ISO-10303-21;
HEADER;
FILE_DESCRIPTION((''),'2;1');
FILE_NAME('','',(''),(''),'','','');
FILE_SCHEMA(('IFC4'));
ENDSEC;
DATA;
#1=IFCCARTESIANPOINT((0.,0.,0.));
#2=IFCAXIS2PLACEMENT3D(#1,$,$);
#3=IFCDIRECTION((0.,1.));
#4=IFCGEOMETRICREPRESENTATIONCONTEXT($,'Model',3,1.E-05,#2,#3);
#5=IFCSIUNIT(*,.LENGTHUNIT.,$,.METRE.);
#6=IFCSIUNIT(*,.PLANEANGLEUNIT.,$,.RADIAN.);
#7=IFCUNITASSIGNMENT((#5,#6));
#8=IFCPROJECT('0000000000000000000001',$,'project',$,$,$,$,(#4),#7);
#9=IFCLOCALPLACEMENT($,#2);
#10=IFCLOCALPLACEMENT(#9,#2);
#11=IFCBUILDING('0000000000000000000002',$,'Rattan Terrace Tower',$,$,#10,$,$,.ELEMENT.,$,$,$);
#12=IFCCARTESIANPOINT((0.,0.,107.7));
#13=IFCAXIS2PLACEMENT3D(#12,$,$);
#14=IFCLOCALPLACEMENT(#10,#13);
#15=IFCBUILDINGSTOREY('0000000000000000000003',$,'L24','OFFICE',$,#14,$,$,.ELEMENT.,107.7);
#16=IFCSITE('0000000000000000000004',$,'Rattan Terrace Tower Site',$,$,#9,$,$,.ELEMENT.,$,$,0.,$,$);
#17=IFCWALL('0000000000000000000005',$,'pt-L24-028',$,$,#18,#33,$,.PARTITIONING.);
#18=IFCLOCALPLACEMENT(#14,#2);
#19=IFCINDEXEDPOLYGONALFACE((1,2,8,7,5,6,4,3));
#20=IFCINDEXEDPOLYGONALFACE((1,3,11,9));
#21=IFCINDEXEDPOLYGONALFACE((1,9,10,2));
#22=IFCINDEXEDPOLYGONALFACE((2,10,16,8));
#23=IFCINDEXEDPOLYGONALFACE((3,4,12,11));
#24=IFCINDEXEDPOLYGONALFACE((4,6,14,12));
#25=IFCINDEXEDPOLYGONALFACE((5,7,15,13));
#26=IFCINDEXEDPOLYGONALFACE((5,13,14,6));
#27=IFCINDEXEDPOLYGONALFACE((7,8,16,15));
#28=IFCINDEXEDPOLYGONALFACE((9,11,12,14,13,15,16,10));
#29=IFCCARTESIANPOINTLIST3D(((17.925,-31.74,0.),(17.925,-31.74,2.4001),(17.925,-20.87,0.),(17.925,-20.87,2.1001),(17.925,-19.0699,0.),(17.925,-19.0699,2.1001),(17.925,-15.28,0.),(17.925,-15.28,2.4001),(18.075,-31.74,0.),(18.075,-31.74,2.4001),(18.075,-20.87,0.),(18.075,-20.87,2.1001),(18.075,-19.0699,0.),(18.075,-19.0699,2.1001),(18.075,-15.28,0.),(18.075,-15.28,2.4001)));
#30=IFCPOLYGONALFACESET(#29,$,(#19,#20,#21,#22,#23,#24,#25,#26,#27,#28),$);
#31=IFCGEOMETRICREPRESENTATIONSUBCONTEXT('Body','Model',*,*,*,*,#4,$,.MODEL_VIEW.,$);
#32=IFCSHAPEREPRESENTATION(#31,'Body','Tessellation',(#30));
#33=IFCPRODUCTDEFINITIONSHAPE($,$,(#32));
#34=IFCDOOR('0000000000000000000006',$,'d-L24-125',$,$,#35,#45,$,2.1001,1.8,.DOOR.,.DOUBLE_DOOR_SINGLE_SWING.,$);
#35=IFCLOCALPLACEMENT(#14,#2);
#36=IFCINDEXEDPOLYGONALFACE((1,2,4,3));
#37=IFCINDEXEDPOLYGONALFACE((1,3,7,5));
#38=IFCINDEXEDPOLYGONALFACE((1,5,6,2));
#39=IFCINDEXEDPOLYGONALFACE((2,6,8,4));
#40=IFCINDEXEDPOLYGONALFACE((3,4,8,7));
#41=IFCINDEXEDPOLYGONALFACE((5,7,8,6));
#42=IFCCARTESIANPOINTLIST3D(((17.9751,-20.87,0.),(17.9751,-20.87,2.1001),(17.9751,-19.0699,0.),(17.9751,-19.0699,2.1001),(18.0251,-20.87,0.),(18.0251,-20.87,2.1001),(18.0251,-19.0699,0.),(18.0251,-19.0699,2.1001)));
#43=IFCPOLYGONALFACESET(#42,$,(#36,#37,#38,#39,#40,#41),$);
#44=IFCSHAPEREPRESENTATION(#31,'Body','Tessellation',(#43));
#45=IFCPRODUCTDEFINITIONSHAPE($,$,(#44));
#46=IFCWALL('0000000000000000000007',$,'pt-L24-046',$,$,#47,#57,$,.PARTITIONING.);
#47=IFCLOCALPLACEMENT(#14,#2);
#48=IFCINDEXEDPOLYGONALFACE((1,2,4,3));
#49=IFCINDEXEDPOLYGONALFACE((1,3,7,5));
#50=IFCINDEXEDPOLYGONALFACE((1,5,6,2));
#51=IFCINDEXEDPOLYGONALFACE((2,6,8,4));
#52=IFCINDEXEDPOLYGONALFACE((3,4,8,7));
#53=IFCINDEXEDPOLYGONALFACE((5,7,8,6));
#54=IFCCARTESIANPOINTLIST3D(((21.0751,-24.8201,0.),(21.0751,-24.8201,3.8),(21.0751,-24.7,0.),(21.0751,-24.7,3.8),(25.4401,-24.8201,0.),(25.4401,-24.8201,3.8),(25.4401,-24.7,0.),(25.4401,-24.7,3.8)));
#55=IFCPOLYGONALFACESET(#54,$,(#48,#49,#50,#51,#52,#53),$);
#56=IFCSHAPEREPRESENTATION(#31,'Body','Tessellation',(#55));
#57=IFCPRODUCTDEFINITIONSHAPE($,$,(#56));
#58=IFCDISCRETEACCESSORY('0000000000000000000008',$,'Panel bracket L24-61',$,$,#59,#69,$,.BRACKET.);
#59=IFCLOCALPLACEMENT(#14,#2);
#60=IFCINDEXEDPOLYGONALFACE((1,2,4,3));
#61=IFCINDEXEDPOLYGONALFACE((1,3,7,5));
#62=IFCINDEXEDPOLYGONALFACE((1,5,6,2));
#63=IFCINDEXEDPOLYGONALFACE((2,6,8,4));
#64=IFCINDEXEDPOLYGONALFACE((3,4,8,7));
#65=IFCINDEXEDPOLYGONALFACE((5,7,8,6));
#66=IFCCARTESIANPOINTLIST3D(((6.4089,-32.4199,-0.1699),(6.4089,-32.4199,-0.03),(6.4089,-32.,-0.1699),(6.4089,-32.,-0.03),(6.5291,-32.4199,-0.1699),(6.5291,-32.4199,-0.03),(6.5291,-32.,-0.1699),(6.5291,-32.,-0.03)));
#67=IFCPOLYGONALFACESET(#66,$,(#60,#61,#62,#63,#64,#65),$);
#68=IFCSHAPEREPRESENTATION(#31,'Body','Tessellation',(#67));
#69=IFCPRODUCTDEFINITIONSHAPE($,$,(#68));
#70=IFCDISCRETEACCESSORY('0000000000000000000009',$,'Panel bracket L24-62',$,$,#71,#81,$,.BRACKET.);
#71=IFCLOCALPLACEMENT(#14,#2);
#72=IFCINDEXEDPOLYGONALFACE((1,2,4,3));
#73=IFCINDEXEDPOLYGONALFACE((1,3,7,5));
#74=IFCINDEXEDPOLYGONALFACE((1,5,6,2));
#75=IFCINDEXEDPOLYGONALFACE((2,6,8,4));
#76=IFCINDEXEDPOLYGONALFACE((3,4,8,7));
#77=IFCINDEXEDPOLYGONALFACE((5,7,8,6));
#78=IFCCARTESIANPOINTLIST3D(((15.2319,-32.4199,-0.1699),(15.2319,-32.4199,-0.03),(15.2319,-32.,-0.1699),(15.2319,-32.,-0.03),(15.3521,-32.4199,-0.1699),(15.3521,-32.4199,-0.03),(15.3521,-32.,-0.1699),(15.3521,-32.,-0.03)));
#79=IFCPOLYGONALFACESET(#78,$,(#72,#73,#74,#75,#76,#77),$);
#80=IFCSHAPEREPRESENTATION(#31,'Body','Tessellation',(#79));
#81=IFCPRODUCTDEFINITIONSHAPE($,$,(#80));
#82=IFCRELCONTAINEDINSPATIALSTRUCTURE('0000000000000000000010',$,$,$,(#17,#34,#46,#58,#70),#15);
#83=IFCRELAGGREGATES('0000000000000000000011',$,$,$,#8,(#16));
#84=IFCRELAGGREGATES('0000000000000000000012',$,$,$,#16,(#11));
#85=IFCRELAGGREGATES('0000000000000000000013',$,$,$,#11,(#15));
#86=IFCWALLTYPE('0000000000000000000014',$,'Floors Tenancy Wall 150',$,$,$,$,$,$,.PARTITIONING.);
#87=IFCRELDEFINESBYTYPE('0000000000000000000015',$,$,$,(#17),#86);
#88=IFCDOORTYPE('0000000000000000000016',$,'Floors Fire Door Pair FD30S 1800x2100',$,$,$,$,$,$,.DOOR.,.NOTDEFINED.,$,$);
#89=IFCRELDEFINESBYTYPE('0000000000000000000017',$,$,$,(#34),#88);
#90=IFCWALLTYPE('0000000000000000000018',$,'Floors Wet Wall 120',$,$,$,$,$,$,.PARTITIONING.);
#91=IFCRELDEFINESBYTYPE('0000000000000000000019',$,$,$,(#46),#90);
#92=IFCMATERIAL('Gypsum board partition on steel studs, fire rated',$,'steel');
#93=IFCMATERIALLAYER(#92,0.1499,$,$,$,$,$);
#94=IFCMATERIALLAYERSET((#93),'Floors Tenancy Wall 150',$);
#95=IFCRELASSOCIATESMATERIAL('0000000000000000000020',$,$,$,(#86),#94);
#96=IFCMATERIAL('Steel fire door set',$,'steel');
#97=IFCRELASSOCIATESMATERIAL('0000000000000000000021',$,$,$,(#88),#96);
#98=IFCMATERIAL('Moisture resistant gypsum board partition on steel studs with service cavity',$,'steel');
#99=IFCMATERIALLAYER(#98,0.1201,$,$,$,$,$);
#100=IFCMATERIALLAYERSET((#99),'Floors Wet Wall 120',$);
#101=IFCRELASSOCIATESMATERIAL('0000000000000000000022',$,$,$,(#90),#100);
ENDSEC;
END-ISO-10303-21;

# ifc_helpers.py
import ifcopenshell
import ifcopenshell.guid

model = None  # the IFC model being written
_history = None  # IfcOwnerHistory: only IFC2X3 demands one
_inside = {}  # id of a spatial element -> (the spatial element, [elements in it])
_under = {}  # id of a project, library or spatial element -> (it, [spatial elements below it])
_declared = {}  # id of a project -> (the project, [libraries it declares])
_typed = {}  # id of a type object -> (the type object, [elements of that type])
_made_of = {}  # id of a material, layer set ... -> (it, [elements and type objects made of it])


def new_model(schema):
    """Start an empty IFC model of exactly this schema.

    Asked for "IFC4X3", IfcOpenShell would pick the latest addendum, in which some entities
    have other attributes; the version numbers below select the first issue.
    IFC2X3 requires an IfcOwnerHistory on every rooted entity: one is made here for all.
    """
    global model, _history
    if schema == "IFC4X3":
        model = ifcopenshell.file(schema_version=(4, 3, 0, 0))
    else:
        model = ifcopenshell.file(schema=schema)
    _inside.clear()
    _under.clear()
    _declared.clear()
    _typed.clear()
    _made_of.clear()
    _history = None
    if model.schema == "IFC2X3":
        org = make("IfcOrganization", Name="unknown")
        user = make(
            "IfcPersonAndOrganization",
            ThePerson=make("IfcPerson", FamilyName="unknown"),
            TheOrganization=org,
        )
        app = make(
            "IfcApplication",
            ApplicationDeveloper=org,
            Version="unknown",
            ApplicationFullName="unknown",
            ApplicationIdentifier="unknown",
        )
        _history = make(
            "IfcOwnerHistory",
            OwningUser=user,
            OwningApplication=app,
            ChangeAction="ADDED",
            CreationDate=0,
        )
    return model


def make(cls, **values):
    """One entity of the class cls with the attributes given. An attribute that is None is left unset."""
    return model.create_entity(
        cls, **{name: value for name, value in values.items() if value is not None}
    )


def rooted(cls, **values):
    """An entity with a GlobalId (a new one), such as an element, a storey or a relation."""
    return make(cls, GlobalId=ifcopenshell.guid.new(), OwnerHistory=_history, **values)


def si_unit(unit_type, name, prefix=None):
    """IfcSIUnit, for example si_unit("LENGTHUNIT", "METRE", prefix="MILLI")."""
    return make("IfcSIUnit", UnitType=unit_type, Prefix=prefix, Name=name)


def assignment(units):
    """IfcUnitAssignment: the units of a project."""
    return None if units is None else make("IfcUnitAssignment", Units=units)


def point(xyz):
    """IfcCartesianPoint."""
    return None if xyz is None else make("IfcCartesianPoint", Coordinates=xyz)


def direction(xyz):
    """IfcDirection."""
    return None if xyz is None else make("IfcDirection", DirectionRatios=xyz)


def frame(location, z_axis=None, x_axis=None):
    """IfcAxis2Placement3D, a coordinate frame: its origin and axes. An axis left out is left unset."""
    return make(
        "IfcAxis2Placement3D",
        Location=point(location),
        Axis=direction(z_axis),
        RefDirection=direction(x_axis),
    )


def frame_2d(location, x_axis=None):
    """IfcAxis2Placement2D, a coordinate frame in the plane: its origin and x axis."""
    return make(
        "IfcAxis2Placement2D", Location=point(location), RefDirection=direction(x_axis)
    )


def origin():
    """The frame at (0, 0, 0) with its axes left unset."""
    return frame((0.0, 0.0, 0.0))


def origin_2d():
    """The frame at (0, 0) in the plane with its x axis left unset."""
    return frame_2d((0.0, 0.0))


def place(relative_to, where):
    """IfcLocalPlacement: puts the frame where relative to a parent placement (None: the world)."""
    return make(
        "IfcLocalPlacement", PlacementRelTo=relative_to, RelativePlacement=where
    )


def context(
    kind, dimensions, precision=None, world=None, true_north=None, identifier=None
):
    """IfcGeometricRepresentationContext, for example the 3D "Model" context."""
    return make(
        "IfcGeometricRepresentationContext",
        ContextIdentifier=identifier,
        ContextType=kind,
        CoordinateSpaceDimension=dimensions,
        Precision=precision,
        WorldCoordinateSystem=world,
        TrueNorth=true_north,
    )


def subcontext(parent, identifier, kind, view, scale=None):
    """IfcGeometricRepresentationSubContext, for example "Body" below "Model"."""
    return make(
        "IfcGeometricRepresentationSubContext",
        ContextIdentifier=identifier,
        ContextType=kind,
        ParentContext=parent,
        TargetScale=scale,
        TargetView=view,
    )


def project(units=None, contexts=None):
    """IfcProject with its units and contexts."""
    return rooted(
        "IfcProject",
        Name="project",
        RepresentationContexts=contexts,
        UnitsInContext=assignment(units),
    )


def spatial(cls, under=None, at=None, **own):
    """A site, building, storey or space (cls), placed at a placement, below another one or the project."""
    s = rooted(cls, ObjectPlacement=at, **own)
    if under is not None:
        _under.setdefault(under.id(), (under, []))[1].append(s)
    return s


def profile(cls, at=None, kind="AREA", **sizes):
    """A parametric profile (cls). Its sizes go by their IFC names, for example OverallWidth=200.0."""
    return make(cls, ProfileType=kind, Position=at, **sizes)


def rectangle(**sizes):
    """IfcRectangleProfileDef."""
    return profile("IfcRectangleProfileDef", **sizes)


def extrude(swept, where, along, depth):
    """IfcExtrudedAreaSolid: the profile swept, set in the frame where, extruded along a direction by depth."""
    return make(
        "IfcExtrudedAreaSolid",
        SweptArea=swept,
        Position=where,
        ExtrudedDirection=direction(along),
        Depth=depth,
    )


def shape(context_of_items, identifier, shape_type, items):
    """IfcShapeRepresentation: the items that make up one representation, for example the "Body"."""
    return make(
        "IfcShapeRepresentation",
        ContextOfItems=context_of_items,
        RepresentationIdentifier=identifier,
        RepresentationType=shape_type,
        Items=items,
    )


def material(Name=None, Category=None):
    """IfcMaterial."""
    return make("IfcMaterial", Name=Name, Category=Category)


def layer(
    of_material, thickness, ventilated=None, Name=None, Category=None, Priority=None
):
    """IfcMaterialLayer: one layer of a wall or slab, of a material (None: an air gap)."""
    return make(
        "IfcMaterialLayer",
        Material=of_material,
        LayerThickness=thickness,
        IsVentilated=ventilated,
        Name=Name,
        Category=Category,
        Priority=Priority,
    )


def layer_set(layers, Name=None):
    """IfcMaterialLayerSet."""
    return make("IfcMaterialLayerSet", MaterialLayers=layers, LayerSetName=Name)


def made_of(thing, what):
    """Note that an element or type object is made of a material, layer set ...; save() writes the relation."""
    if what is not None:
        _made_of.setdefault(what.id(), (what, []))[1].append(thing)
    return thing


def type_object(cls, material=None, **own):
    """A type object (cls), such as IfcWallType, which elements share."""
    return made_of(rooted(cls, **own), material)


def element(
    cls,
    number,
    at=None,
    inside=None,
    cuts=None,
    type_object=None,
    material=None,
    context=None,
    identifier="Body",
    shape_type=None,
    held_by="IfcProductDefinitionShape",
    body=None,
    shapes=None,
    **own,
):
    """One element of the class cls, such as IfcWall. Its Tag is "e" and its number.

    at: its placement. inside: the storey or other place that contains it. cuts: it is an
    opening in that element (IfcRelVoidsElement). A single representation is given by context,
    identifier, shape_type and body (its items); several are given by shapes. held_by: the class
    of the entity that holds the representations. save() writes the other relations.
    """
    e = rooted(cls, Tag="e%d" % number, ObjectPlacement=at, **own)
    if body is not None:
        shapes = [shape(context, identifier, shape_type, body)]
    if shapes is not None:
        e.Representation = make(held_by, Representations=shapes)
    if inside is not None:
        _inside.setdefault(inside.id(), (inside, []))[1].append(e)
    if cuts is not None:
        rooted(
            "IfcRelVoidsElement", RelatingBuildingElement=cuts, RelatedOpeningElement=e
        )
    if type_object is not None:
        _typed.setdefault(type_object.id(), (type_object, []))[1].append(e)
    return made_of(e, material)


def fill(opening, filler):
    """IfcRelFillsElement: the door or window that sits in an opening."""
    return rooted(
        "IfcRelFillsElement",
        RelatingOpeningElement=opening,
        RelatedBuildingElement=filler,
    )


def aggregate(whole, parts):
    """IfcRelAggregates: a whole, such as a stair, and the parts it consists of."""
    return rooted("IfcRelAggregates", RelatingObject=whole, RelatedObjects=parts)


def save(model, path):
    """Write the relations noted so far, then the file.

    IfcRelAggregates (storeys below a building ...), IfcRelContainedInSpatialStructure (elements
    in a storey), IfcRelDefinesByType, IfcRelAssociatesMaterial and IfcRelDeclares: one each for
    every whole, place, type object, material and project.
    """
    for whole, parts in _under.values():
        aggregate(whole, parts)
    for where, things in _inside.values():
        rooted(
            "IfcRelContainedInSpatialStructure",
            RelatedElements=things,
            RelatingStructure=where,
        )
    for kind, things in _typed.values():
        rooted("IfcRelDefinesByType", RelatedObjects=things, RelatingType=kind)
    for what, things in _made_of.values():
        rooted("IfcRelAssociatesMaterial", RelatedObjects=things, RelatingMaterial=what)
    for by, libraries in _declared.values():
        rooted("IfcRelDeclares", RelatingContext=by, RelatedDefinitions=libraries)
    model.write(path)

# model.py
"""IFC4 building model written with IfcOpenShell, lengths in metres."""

from ifc_helpers import new_model, si_unit, direction, frame, frame_2d, origin, origin_2d, place, context, subcontext, project, spatial, rectangle, extrude, material, layer, layer_set, type_object, element, fill, save


model = new_model("IFC4")

# Units and contexts
model_context = context("Model", 3, precision=1e-05, world=origin(), true_north=direction((0.0, 1.0)))
body_context = subcontext(model_context, "Body", "Model", "MODEL_VIEW")
ifc_project = project(units=[si_unit("LENGTHUNIT", "METRE"), si_unit("PLANEANGLEUNIT", "RADIAN")], contexts=[model_context])

# Site, building, storey
site_placement = place(None, origin())
site = spatial("IfcSite", under=ifc_project, at=site_placement, Name="Rattan Terrace Tower Site", CompositionType="ELEMENT", RefElevation=0.0)
building_placement = place(site_placement, origin())
building = spatial("IfcBuilding", under=site, at=building_placement, Name="Rattan Terrace Tower", CompositionType="ELEMENT")
storey_placement = place(building_placement, frame((0.0, 0.0, 107.7)))
storey = spatial("IfcBuildingStorey", under=building, at=storey_placement, Name="L24", Description="OFFICE", CompositionType="ELEMENT", Elevation=107.7)

# Shared definitions
ifc_material_1 = material(Name="Gypsum board partition on steel studs, fire rated", Category="steel")
ifc_layer_1 = layer(ifc_material_1, 0.1499)
ifc_layer_set_1 = layer_set([ifc_layer_1], Name="Floors Tenancy Wall 150")
wall_type_1 = type_object("IfcWallType", Name="Floors Tenancy Wall 150", PredefinedType="PARTITIONING", material=ifc_layer_set_1)

# Wall, opening, door
wall_1_placement = place(storey_placement, frame((18.0, -31.74, 0.0), z_axis=(0.0, 0.0, 1.0), x_axis=(0.0, 1.0, 0.0)))
wall_1 = element("IfcWall", 1, at=wall_1_placement, inside=storey, type_object=wall_type_1, Name="pt-L24-028", PredefinedType="PARTITIONING", context=body_context, shape_type="SweptSolid", body=[
    extrude(rectangle(XDim=16.46, YDim=0.1499, at=frame_2d((8.23, 0.0))), origin(), (0.0, 0.0, 1.0), 2.4001),
])
opening_1_placement = place(wall_1_placement, frame((10.8701, 0.0, 0.0)))
opening_1 = element("IfcOpeningElement", 2, at=opening_1_placement, cuts=wall_1, PredefinedType="OPENING", context=body_context, shape_type="SweptSolid", body=[
    extrude(rectangle(XDim=1.8, YDim=2.1001, at=frame_2d((0.8999, 1.05))), frame((0.0, 0.0854, 0.0), z_axis=(0.0, -1.0, 0.0), x_axis=(1.0, 0.0, 0.0)), (0.0, 0.0, 1.0), 0.1709),
])
ifc_material_2 = material(Name="Steel fire door set", Category="steel")
door_type_1 = type_object("IfcDoorType", Name="Floors Fire Door Pair FD30S 1800x2100", OperationType="NOTDEFINED", PredefinedType="DOOR", material=ifc_material_2)
door_1_placement = place(opening_1_placement, origin())
door_1 = element("IfcDoor", 3, at=door_1_placement, inside=storey, type_object=door_type_1, Name="d-L24-125", OperationType="DOUBLE_DOOR_SINGLE_SWING", OverallHeight=2.1001, OverallWidth=1.8, PredefinedType="DOOR", context=body_context, shape_type="SweptSolid", body=[
    extrude(rectangle(XDim=1.8, YDim=2.1001, at=frame_2d((0.8999, 1.05))), frame((0.0, 0.0249, 0.0), z_axis=(0.0, -1.0, 0.0), x_axis=(1.0, 0.0, 0.0)), (0.0, 0.0, 1.0), 0.05),
])
fill(opening_1, door_1)

# Wall
ifc_material_3 = material(Name="Moisture resistant gypsum board partition on steel studs with service cavity", Category="steel")
ifc_layer_2 = layer(ifc_material_3, 0.1201)
ifc_layer_set_2 = layer_set([ifc_layer_2], Name="Floors Wet Wall 120")
wall_type_2 = type_object("IfcWallType", Name="Floors Wet Wall 120", PredefinedType="PARTITIONING", material=ifc_layer_set_2)
wall_2_placement = place(storey_placement, frame((21.075, -24.76, 0.0), z_axis=(0.0, 0.0, 1.0), x_axis=(1.0, 0.0, 0.0)))
element("IfcWall", 4, at=wall_2_placement, inside=storey, type_object=wall_type_2, Name="pt-L24-046", PredefinedType="PARTITIONING", context=body_context, shape_type="SweptSolid", body=[
    extrude(rectangle(XDim=4.365, YDim=0.1201, at=frame_2d((2.1826, 0.0))), origin(), (0.0, 0.0, 1.0), 3.8),
])

# Discrete accessories
for number, where, z_axis, x_axis, name in (
    (5, (6.469, -32.21, -0.1699), (0.0, 0.0, 1.0), (1.0, 0.0, 0.0), "Panel bracket L24-61"),
    (6, (15.292, -32.21, -0.1699), (0.0, 0.0, 1.0), (1.0, 0.0, 0.0), "Panel bracket L24-62"),
):
    element("IfcDiscreteAccessory", number, at=place(storey_placement, frame(where, z_axis=z_axis, x_axis=x_axis)), inside=storey, Name=name, PredefinedType="BRACKET", context=body_context, shape_type="SweptSolid", body=[
        extrude(rectangle(XDim=0.1201, YDim=0.4199, at=origin_2d()), origin(), (0.0, 0.0, 1.0), 0.1399),
    ])

save(model, "model.ifc")
